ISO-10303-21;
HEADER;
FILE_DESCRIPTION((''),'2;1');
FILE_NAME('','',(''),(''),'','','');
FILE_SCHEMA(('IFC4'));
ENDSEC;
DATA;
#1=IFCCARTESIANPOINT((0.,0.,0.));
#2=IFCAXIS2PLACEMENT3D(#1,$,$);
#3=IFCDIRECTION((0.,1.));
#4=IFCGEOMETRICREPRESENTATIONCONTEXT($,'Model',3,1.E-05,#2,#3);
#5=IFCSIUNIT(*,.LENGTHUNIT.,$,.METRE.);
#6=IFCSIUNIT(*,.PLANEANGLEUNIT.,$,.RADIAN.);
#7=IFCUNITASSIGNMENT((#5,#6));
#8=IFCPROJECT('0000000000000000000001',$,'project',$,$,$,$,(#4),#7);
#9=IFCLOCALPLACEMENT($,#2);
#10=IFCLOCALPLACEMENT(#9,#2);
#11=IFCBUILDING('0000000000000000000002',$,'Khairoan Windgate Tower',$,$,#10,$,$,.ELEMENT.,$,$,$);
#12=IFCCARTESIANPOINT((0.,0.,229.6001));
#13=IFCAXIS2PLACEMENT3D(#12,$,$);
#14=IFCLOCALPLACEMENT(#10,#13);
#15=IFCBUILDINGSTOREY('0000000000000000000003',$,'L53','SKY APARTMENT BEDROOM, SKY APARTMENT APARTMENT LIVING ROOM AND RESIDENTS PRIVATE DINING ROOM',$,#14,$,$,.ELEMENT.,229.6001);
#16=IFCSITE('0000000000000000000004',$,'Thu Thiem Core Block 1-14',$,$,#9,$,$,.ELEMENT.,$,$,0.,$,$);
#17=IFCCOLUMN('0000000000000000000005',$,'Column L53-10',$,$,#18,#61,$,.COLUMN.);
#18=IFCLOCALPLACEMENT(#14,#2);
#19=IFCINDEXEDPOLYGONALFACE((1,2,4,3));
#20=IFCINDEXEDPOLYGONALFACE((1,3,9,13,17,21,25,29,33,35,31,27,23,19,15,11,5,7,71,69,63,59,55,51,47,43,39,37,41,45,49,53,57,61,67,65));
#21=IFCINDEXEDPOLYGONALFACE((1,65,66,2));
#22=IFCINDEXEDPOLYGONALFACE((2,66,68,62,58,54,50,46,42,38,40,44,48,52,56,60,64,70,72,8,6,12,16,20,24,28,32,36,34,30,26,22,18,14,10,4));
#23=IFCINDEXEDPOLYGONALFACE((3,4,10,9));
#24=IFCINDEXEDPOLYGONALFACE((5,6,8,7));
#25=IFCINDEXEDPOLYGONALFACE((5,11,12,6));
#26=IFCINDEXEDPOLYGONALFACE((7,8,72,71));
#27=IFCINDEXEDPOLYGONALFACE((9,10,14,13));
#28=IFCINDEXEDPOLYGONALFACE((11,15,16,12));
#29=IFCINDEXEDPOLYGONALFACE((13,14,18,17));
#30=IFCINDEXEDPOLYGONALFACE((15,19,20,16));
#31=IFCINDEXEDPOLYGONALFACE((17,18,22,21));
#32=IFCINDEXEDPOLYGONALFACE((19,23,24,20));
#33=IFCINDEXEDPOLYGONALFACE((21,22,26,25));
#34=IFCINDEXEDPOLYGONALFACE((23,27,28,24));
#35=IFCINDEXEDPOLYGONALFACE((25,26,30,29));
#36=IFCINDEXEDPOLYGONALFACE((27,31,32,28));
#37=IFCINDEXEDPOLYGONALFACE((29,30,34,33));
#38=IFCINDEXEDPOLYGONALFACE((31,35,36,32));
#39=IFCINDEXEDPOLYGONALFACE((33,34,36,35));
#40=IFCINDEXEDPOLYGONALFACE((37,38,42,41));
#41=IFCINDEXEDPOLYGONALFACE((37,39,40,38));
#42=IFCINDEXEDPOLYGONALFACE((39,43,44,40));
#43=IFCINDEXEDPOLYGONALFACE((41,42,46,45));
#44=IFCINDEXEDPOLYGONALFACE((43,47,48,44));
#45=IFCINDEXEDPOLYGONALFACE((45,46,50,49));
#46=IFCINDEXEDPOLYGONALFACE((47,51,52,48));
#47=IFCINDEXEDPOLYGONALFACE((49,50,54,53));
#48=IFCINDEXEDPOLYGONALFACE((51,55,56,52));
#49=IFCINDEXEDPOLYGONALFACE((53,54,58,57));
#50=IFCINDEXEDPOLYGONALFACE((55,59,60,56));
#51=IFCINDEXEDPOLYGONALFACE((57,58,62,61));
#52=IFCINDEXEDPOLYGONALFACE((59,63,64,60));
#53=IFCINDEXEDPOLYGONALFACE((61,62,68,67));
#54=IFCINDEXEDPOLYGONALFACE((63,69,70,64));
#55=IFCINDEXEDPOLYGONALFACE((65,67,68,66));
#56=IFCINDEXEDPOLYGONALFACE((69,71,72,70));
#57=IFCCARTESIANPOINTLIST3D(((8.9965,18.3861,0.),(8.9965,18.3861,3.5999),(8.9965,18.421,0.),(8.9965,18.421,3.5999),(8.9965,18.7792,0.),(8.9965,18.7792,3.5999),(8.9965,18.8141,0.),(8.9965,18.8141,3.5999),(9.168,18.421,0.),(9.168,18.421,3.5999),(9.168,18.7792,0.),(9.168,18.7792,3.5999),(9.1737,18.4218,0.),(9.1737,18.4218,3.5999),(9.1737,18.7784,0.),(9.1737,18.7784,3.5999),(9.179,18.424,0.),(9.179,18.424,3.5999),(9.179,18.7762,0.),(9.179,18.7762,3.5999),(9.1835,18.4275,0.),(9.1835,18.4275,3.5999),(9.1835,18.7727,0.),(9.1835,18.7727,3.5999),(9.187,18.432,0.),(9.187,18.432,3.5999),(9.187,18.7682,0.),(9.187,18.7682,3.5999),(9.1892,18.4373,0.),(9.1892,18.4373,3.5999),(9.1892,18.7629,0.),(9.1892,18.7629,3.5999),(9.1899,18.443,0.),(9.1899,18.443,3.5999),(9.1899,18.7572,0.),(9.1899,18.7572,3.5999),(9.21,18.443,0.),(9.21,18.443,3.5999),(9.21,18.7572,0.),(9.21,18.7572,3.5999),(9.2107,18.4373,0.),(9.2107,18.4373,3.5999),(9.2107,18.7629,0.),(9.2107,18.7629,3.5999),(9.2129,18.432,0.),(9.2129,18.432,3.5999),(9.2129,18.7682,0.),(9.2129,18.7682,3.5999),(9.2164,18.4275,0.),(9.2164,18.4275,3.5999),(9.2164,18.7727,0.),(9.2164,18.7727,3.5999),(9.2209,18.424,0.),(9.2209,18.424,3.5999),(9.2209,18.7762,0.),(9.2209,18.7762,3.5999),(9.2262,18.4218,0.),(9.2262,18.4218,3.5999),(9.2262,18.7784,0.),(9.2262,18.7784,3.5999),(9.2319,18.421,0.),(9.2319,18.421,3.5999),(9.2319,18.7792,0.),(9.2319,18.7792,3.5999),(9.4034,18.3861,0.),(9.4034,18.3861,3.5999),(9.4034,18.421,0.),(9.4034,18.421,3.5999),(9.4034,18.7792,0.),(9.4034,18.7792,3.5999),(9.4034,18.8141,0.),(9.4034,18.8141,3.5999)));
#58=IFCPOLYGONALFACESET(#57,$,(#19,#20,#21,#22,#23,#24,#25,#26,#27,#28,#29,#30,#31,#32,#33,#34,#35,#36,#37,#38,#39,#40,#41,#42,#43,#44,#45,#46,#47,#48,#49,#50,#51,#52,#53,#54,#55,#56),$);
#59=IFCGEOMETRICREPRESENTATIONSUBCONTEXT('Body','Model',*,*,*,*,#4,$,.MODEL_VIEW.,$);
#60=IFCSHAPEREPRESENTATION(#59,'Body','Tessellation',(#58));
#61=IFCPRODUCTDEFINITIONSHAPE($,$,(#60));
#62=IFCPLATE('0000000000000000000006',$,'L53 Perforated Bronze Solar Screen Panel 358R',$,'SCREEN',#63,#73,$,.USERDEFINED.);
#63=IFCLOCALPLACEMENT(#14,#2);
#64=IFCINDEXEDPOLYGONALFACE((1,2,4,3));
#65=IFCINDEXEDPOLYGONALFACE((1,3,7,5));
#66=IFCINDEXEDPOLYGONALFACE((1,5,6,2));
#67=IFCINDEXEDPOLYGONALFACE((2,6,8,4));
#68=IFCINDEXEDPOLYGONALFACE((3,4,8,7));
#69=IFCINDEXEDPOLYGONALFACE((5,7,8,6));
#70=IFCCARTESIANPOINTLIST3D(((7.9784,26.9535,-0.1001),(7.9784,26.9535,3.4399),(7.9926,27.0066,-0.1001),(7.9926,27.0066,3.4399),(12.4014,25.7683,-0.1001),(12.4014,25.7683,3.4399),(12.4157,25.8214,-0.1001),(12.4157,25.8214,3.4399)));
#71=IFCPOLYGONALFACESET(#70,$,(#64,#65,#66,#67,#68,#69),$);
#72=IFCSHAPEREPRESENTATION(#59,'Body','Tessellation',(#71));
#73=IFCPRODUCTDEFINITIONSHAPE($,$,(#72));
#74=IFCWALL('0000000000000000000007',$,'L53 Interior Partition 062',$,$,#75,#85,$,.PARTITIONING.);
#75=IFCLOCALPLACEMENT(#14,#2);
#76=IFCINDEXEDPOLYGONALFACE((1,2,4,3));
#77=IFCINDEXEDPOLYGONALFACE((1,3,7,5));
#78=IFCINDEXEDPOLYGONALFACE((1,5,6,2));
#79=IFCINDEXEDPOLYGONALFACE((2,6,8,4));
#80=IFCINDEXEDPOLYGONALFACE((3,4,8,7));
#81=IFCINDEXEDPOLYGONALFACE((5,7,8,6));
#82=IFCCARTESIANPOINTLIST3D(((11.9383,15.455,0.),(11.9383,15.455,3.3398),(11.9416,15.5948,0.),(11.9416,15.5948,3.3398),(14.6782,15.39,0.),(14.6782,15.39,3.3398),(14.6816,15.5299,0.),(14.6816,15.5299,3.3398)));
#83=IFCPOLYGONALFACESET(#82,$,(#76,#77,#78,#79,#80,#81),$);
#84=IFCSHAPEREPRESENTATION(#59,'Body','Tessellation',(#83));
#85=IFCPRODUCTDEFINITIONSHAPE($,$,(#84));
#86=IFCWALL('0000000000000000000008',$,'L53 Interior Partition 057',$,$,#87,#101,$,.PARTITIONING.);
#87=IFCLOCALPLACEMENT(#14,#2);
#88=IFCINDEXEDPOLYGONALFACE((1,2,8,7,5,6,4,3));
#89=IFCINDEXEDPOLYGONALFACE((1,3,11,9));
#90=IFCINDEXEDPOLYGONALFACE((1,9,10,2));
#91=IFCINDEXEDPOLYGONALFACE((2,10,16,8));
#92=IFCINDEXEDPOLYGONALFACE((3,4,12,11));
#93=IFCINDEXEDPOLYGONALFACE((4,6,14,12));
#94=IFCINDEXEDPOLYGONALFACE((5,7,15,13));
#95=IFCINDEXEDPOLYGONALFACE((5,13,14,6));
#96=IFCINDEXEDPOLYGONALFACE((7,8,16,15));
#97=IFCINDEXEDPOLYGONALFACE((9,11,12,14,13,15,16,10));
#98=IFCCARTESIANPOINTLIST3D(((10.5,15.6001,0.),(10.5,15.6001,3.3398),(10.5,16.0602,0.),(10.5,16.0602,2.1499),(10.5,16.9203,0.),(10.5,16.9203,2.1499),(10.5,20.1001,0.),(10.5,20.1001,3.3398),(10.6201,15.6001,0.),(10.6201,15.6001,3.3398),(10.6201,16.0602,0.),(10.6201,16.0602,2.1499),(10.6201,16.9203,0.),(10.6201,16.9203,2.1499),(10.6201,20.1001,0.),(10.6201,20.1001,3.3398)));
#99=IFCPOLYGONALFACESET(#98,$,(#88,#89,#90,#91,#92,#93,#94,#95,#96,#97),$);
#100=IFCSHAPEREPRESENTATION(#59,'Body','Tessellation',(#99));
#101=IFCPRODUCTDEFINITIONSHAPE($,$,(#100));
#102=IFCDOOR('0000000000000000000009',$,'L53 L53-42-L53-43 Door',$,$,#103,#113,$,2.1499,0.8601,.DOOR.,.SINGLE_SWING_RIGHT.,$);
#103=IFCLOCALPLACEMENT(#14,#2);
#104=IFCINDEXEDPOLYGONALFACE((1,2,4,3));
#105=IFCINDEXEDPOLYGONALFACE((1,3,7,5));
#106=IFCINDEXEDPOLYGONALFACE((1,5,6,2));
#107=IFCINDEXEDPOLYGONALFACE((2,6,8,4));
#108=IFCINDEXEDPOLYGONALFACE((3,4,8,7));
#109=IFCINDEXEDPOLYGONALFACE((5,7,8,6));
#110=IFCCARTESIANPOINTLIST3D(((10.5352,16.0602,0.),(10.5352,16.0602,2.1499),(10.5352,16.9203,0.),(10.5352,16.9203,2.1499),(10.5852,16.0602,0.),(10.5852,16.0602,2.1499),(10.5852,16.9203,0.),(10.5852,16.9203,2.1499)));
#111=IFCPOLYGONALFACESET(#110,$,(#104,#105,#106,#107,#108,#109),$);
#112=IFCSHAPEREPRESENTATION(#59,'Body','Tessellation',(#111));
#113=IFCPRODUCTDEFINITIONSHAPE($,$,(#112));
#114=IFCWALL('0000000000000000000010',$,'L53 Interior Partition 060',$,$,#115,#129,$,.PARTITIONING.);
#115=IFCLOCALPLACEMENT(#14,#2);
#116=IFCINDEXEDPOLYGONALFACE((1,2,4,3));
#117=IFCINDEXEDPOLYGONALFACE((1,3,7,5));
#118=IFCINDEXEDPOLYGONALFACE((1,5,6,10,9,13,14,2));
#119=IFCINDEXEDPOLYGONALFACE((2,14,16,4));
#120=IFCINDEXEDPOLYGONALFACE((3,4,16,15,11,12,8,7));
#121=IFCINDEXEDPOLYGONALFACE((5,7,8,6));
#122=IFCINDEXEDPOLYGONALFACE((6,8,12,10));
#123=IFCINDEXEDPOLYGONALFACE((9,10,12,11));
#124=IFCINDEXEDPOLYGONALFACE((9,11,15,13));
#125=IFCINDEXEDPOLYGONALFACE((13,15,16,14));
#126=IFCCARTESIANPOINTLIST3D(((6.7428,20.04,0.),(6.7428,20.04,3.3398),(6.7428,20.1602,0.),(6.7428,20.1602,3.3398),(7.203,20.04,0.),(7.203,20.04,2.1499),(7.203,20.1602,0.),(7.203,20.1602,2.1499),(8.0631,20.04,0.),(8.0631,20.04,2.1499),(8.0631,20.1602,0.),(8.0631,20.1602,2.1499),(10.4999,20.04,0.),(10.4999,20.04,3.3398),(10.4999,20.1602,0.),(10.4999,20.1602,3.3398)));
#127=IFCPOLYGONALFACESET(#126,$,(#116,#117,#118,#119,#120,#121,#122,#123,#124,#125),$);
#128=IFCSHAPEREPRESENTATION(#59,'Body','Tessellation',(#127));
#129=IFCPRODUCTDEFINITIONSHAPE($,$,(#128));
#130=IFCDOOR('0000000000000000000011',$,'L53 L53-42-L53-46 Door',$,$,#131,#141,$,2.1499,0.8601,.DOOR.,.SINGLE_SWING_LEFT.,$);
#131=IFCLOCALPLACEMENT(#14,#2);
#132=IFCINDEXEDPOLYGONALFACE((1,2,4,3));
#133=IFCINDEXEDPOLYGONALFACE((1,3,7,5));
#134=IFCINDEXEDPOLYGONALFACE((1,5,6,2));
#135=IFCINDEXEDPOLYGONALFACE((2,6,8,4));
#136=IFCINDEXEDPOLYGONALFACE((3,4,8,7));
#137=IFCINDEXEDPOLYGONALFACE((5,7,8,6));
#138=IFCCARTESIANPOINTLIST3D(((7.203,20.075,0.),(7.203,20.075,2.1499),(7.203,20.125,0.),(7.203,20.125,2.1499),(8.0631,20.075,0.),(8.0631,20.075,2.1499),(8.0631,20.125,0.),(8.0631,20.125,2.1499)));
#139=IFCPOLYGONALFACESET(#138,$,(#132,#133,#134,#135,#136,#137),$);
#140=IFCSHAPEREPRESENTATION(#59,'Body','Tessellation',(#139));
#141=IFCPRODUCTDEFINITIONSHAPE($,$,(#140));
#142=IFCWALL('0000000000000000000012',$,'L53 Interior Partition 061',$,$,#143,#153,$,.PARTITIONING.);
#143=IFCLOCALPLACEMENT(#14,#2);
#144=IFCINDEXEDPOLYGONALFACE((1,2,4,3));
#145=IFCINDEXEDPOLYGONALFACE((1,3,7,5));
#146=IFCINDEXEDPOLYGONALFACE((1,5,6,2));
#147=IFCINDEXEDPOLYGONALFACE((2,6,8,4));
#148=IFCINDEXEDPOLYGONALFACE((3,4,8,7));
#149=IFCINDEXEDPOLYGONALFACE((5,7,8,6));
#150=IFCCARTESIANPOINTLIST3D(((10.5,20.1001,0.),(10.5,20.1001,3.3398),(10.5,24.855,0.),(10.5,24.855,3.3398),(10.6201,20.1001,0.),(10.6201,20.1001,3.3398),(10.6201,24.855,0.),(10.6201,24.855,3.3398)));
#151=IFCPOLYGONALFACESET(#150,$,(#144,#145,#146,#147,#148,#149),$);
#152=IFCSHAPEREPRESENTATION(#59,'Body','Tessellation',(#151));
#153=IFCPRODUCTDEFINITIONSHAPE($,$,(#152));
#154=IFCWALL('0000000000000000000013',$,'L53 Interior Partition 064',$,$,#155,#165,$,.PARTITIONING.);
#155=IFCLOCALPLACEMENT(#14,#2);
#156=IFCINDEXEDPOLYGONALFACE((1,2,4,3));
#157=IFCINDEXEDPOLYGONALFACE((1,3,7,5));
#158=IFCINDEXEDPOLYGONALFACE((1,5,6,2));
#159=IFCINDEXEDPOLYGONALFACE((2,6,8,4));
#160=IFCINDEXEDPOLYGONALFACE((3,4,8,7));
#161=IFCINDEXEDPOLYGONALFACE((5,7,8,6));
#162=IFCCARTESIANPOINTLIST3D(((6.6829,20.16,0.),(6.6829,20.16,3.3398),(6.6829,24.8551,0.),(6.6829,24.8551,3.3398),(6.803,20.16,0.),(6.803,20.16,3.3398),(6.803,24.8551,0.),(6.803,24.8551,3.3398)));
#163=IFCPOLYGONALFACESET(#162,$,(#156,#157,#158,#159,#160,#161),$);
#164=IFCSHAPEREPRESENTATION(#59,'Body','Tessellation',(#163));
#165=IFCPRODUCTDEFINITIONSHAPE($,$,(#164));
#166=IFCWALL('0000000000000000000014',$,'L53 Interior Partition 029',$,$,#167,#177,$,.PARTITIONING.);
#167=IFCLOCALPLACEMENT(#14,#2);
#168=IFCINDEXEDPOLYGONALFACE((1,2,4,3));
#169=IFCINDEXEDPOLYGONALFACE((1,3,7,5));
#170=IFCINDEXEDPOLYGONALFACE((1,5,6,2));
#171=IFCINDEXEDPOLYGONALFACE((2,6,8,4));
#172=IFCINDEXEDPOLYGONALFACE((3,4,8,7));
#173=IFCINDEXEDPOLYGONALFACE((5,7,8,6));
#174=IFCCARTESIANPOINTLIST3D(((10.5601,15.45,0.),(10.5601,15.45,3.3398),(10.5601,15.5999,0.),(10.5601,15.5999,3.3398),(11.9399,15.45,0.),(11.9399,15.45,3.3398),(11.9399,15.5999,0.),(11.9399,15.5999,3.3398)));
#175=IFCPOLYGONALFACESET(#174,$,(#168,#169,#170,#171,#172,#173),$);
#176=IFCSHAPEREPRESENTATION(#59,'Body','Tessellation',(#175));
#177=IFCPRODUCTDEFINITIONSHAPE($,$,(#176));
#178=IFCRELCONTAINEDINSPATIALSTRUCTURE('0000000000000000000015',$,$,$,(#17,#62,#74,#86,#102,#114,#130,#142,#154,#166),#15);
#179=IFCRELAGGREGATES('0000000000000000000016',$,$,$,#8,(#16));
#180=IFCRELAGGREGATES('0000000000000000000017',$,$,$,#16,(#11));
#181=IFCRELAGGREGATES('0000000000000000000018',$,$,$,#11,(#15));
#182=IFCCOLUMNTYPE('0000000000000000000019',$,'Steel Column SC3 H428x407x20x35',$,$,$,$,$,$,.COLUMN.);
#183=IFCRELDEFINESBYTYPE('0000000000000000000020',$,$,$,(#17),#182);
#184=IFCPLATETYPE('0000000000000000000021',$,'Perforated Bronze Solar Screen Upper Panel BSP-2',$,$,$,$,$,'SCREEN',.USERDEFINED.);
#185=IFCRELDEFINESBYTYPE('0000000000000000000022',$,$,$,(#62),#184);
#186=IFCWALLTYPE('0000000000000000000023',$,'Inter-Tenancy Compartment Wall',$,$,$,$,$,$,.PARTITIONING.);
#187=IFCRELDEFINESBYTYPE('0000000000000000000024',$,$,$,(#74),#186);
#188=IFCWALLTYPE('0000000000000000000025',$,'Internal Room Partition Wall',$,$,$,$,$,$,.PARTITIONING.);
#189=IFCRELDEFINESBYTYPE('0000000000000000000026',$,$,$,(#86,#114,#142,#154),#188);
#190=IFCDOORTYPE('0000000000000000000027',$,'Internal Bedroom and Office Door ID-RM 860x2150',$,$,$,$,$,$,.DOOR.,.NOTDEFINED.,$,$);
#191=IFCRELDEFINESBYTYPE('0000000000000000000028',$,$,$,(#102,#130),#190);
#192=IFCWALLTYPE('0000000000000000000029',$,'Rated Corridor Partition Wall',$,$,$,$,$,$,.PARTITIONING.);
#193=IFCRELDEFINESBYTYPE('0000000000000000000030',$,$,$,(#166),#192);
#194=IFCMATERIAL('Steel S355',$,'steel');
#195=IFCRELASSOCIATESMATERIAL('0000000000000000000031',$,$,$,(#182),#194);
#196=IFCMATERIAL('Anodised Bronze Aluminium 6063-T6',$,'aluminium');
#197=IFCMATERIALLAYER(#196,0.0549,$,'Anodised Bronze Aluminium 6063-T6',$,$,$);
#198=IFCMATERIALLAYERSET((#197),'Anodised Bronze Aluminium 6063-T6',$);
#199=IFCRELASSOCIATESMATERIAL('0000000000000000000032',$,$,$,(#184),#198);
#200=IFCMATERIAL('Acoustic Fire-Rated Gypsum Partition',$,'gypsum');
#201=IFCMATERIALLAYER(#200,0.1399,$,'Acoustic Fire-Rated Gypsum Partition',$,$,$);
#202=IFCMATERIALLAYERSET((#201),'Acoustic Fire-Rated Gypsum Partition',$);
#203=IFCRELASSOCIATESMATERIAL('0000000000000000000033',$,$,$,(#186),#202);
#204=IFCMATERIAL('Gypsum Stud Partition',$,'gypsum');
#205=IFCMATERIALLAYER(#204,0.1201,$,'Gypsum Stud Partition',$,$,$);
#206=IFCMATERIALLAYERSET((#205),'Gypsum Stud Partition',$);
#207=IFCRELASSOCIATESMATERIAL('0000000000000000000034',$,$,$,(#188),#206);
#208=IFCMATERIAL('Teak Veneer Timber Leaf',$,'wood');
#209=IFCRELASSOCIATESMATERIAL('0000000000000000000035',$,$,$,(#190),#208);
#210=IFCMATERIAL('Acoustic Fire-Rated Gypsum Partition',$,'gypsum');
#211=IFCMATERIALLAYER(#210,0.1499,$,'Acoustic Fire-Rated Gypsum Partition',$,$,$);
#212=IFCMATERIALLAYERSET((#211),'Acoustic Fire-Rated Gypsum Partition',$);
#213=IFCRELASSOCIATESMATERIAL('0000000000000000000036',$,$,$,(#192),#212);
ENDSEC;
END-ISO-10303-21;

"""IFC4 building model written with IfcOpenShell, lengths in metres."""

from ifc_helpers import new_model, si_unit, direction, frame, frame_2d, origin, origin_2d, place, context, subcontext, project, spatial, rectangle, i_section, extrude, material, layer, layer_set, material_profile, profile_set, type_object, element, fill, save


model = new_model("IFC4")

# Units and contexts
model_context = context("Model", 3, precision=1e-05, world=origin(), true_north=direction((0.0, 1.0)))
body_context = subcontext(model_context, "Body", "Model", "MODEL_VIEW")
ifc_project = project(units=[si_unit("LENGTHUNIT", "METRE"), si_unit("PLANEANGLEUNIT", "RADIAN")], contexts=[model_context])

# Site, building, storey
site_placement = place(None, origin())
site = spatial("IfcSite", under=ifc_project, at=site_placement, Name="Thu Thiem Core Block 1-14", CompositionType="ELEMENT", RefElevation=0.0)
building_placement = place(site_placement, origin())
building = spatial("IfcBuilding", under=site, at=building_placement, Name="Khairoan Windgate Tower", CompositionType="ELEMENT")
storey_placement = place(building_placement, frame((0.0, 0.0, 229.6001)))
storey = spatial("IfcBuildingStorey", under=building, at=storey_placement, Name="L53", Description="SKY APARTMENT BEDROOM, SKY APARTMENT APARTMENT LIVING ROOM AND RESIDENTS PRIVATE DINING ROOM", CompositionType="ELEMENT", Elevation=229.6001)

# Column
ifc_material_1 = material(Name="Steel S355", Category="steel")
ifc_material_profile = material_profile(ifc_material_1, i_section(OverallWidth=0.407, OverallDepth=0.428, WebThickness=0.02, FlangeThickness=0.0349, FilletRadius=0.022, at=origin_2d()))
ifc_profile_set = profile_set([ifc_material_profile], Name="Steel S355")
column_type = type_object("IfcColumnType", Name="Steel Column SC3 H428x407x20x35", PredefinedType="COLUMN", material=ifc_profile_set)
column_placement = place(storey_placement, frame((9.2, 18.6001, 0.0), z_axis=(0.0, 0.0, 1.0), x_axis=(1.0, 0.0, 0.0)))
element("IfcColumn", 1, at=column_placement, inside=storey, type_object=column_type, Name="Column L53-10", PredefinedType="COLUMN", context=body_context, shape_type="SweptSolid", body=[
    extrude(i_section(OverallWidth=0.407, OverallDepth=0.428, WebThickness=0.02, FlangeThickness=0.0349, FilletRadius=0.022, at=origin_2d()), origin(), (0.0, 0.0, 1.0), 3.5999),
])

# Plate
ifc_material_2 = material(Name="Anodised Bronze Aluminium 6063-T6", Category="aluminium")
ifc_layer_1 = layer(ifc_material_2, 0.0549, Name="Anodised Bronze Aluminium 6063-T6")
ifc_layer_set_1 = layer_set([ifc_layer_1], Name="Anodised Bronze Aluminium 6063-T6")
plate_type = type_object("IfcPlateType", Name="Perforated Bronze Solar Screen Upper Panel BSP-2", ElementType="SCREEN", PredefinedType="USERDEFINED", material=ifc_layer_set_1)
plate_placement = place(storey_placement, frame((10.197, 26.3875, -0.1001), z_axis=(0.0, 0.0, 1.0), x_axis=(0.965926, -0.258819, 0.0)))
element("IfcPlate", 2, at=plate_placement, inside=storey, type_object=plate_type, Name="L53 Perforated Bronze Solar Screen Panel 358R", ObjectType="SCREEN", PredefinedType="USERDEFINED", context=body_context, shape_type="SweptSolid", body=[
    extrude(rectangle(XDim=4.5791, YDim=0.0549, at=origin_2d()), origin(), (0.0, 0.0, 1.0), 3.54),
])

# Wall
ifc_material_3 = material(Name="Acoustic Fire-Rated Gypsum Partition", Category="gypsum")
ifc_layer_2 = layer(ifc_material_3, 0.1399, Name="Acoustic Fire-Rated Gypsum Partition")
ifc_layer_set_2 = layer_set([ifc_layer_2], Name="Acoustic Fire-Rated Gypsum Partition")
wall_type_1 = type_object("IfcWallType", Name="Inter-Tenancy Compartment Wall", PredefinedType="PARTITIONING", material=ifc_layer_set_2)
wall_1_placement = place(storey_placement, frame((11.9399, 15.5249, 0.0), z_axis=(0.0, 0.0, 1.0), x_axis=(0.999719, -0.023695, 0.0)))
element("IfcWall", 3, at=wall_1_placement, inside=storey, type_object=wall_type_1, Name="L53 Interior Partition 062", PredefinedType="PARTITIONING", context=body_context, shape_type="SweptSolid", body=[
    extrude(rectangle(XDim=2.7407, YDim=0.1399, at=frame_2d((1.3704, 0.0))), origin(), (0.0, 0.0, 1.0), 3.3398),
])

# Walls, openings, doors
ifc_material_4 = material(Name="Gypsum Stud Partition", Category="gypsum")
ifc_layer_3 = layer(ifc_material_4, 0.1201, Name="Gypsum Stud Partition")
ifc_layer_set_3 = layer_set([ifc_layer_3], Name="Gypsum Stud Partition")
wall_type_2 = type_object("IfcWallType", Name="Internal Room Partition Wall", PredefinedType="PARTITIONING", material=ifc_layer_set_3)
wall_2_placement = place(storey_placement, frame((10.5601, 15.6001, 0.0), z_axis=(0.0, 0.0, 1.0), x_axis=(0.0, 1.0, 0.0)))
wall_2 = element("IfcWall", 4, at=wall_2_placement, inside=storey, type_object=wall_type_2, Name="L53 Interior Partition 057", PredefinedType="PARTITIONING", context=body_context, shape_type="SweptSolid", body=[
    extrude(rectangle(XDim=4.5, YDim=0.1201, at=frame_2d((2.25, 0.0))), origin(), (0.0, 0.0, 1.0), 3.3398),
])
opening_1_placement = place(wall_2_placement, frame((0.46, 0.0, 0.0)))
opening_1 = element("IfcOpeningElement", 5, at=opening_1_placement, cuts=wall_2, PredefinedType="OPENING", context=body_context, shape_type="SweptSolid", body=[
    extrude(rectangle(XDim=0.8601, YDim=2.1499, at=frame_2d((0.4302, 1.075))), frame((0.0, 0.0701, 0.0), z_axis=(0.0, -1.0, 0.0), x_axis=(1.0, 0.0, 0.0)), (0.0, 0.0, 1.0), 0.1401),
])
ifc_material_5 = material(Name="Teak Veneer Timber Leaf", Category="wood")
door_type = type_object("IfcDoorType", Name="Internal Bedroom and Office Door ID-RM 860x2150", OperationType="NOTDEFINED", PredefinedType="DOOR", material=ifc_material_5)
door_1_placement = place(opening_1_placement, origin())
door_1 = element("IfcDoor", 6, at=door_1_placement, inside=storey, type_object=door_type, Name="L53 L53-42-L53-43 Door", OperationType="SINGLE_SWING_RIGHT", OverallHeight=2.1499, OverallWidth=0.8601, PredefinedType="DOOR", context=body_context, shape_type="SweptSolid", body=[
    extrude(rectangle(XDim=0.8601, YDim=2.1499, at=frame_2d((0.4302, 1.075))), frame((0.0, 0.0249, 0.0), z_axis=(0.0, -1.0, 0.0), x_axis=(1.0, 0.0, 0.0)), (0.0, 0.0, 1.0), 0.05),
])
fill(opening_1, door_1)
wall_3_placement = place(storey_placement, frame((6.7429, 20.1001, 0.0), z_axis=(0.0, 0.0, 1.0), x_axis=(1.0, 0.0, 0.0)))
wall_3 = element("IfcWall", 7, at=wall_3_placement, inside=storey, type_object=wall_type_2, Name="L53 Interior Partition 060", PredefinedType="PARTITIONING", context=body_context, shape_type="SweptSolid", body=[
    extrude(rectangle(XDim=3.7571, YDim=0.1201, at=frame_2d((1.8784, 0.0))), origin(), (0.0, 0.0, 1.0), 3.3398),
])
opening_2_placement = place(wall_3_placement, frame((0.46, 0.0, 0.0)))
opening_2 = element("IfcOpeningElement", 8, at=opening_2_placement, cuts=wall_3, PredefinedType="OPENING", context=body_context, shape_type="SweptSolid", body=[
    extrude(rectangle(XDim=0.8601, YDim=2.1499, at=frame_2d((0.4302, 1.075))), frame((0.0, 0.0701, 0.0), z_axis=(0.0, -1.0, 0.0), x_axis=(1.0, 0.0, 0.0)), (0.0, 0.0, 1.0), 0.1401),
])
door_2_placement = place(opening_2_placement, origin())
door_2 = element("IfcDoor", 9, at=door_2_placement, inside=storey, type_object=door_type, Name="L53 L53-42-L53-46 Door", OperationType="SINGLE_SWING_LEFT", OverallHeight=2.1499, OverallWidth=0.8601, PredefinedType="DOOR", context=body_context, shape_type="SweptSolid", body=[
    extrude(rectangle(XDim=0.8601, YDim=2.1499, at=frame_2d((0.4302, 1.075))), frame((0.0, 0.0249, 0.0), z_axis=(0.0, -1.0, 0.0), x_axis=(1.0, 0.0, 0.0)), (0.0, 0.0, 1.0), 0.05),
])
fill(opening_2, door_2)

# Walls
wall_4_placement = place(storey_placement, frame((10.5601, 20.1001, 0.0), z_axis=(0.0, 0.0, 1.0), x_axis=(0.0, 1.0, 0.0)))
element("IfcWall", 10, at=wall_4_placement, inside=storey, type_object=wall_type_2, Name="L53 Interior Partition 061", PredefinedType="PARTITIONING", context=body_context, shape_type="SweptSolid", body=[
    extrude(rectangle(XDim=4.7549, YDim=0.1201, at=frame_2d((2.3774, 0.0))), origin(), (0.0, 0.0, 1.0), 3.3398),
])
wall_5_placement = place(storey_placement, frame((6.7429, 20.1599, 0.0), z_axis=(0.0, 0.0, 1.0), x_axis=(0.0, 1.0, 0.0)))
element("IfcWall", 11, at=wall_5_placement, inside=storey, type_object=wall_type_2, Name="L53 Interior Partition 064", PredefinedType="PARTITIONING", context=body_context, shape_type="SweptSolid", body=[
    extrude(rectangle(XDim=4.6951, YDim=0.1201, at=frame_2d((2.3477, 0.0))), origin(), (0.0, 0.0, 1.0), 3.3398),
])
ifc_material_6 = material(Name="Acoustic Fire-Rated Gypsum Partition", Category="gypsum")
ifc_layer_4 = layer(ifc_material_6, 0.1499, Name="Acoustic Fire-Rated Gypsum Partition")
ifc_layer_set_4 = layer_set([ifc_layer_4], Name="Acoustic Fire-Rated Gypsum Partition")
wall_type_3 = type_object("IfcWallType", Name="Rated Corridor Partition Wall", PredefinedType="PARTITIONING", material=ifc_layer_set_4)
wall_6_placement = place(storey_placement, frame((10.5601, 15.5249, 0.0), z_axis=(0.0, 0.0, 1.0), x_axis=(1.0, 0.0, 0.0)))
element("IfcWall", 12, at=wall_6_placement, inside=storey, type_object=wall_type_3, Name="L53 Interior Partition 029", PredefinedType="PARTITIONING", context=body_context, shape_type="SweptSolid", body=[
    extrude(rectangle(XDim=1.3799, YDim=0.1499, at=frame_2d((0.6899, 0.0))), origin(), (0.0, 0.0, 1.0), 3.3398),
])

save(model, "model.ifc")
